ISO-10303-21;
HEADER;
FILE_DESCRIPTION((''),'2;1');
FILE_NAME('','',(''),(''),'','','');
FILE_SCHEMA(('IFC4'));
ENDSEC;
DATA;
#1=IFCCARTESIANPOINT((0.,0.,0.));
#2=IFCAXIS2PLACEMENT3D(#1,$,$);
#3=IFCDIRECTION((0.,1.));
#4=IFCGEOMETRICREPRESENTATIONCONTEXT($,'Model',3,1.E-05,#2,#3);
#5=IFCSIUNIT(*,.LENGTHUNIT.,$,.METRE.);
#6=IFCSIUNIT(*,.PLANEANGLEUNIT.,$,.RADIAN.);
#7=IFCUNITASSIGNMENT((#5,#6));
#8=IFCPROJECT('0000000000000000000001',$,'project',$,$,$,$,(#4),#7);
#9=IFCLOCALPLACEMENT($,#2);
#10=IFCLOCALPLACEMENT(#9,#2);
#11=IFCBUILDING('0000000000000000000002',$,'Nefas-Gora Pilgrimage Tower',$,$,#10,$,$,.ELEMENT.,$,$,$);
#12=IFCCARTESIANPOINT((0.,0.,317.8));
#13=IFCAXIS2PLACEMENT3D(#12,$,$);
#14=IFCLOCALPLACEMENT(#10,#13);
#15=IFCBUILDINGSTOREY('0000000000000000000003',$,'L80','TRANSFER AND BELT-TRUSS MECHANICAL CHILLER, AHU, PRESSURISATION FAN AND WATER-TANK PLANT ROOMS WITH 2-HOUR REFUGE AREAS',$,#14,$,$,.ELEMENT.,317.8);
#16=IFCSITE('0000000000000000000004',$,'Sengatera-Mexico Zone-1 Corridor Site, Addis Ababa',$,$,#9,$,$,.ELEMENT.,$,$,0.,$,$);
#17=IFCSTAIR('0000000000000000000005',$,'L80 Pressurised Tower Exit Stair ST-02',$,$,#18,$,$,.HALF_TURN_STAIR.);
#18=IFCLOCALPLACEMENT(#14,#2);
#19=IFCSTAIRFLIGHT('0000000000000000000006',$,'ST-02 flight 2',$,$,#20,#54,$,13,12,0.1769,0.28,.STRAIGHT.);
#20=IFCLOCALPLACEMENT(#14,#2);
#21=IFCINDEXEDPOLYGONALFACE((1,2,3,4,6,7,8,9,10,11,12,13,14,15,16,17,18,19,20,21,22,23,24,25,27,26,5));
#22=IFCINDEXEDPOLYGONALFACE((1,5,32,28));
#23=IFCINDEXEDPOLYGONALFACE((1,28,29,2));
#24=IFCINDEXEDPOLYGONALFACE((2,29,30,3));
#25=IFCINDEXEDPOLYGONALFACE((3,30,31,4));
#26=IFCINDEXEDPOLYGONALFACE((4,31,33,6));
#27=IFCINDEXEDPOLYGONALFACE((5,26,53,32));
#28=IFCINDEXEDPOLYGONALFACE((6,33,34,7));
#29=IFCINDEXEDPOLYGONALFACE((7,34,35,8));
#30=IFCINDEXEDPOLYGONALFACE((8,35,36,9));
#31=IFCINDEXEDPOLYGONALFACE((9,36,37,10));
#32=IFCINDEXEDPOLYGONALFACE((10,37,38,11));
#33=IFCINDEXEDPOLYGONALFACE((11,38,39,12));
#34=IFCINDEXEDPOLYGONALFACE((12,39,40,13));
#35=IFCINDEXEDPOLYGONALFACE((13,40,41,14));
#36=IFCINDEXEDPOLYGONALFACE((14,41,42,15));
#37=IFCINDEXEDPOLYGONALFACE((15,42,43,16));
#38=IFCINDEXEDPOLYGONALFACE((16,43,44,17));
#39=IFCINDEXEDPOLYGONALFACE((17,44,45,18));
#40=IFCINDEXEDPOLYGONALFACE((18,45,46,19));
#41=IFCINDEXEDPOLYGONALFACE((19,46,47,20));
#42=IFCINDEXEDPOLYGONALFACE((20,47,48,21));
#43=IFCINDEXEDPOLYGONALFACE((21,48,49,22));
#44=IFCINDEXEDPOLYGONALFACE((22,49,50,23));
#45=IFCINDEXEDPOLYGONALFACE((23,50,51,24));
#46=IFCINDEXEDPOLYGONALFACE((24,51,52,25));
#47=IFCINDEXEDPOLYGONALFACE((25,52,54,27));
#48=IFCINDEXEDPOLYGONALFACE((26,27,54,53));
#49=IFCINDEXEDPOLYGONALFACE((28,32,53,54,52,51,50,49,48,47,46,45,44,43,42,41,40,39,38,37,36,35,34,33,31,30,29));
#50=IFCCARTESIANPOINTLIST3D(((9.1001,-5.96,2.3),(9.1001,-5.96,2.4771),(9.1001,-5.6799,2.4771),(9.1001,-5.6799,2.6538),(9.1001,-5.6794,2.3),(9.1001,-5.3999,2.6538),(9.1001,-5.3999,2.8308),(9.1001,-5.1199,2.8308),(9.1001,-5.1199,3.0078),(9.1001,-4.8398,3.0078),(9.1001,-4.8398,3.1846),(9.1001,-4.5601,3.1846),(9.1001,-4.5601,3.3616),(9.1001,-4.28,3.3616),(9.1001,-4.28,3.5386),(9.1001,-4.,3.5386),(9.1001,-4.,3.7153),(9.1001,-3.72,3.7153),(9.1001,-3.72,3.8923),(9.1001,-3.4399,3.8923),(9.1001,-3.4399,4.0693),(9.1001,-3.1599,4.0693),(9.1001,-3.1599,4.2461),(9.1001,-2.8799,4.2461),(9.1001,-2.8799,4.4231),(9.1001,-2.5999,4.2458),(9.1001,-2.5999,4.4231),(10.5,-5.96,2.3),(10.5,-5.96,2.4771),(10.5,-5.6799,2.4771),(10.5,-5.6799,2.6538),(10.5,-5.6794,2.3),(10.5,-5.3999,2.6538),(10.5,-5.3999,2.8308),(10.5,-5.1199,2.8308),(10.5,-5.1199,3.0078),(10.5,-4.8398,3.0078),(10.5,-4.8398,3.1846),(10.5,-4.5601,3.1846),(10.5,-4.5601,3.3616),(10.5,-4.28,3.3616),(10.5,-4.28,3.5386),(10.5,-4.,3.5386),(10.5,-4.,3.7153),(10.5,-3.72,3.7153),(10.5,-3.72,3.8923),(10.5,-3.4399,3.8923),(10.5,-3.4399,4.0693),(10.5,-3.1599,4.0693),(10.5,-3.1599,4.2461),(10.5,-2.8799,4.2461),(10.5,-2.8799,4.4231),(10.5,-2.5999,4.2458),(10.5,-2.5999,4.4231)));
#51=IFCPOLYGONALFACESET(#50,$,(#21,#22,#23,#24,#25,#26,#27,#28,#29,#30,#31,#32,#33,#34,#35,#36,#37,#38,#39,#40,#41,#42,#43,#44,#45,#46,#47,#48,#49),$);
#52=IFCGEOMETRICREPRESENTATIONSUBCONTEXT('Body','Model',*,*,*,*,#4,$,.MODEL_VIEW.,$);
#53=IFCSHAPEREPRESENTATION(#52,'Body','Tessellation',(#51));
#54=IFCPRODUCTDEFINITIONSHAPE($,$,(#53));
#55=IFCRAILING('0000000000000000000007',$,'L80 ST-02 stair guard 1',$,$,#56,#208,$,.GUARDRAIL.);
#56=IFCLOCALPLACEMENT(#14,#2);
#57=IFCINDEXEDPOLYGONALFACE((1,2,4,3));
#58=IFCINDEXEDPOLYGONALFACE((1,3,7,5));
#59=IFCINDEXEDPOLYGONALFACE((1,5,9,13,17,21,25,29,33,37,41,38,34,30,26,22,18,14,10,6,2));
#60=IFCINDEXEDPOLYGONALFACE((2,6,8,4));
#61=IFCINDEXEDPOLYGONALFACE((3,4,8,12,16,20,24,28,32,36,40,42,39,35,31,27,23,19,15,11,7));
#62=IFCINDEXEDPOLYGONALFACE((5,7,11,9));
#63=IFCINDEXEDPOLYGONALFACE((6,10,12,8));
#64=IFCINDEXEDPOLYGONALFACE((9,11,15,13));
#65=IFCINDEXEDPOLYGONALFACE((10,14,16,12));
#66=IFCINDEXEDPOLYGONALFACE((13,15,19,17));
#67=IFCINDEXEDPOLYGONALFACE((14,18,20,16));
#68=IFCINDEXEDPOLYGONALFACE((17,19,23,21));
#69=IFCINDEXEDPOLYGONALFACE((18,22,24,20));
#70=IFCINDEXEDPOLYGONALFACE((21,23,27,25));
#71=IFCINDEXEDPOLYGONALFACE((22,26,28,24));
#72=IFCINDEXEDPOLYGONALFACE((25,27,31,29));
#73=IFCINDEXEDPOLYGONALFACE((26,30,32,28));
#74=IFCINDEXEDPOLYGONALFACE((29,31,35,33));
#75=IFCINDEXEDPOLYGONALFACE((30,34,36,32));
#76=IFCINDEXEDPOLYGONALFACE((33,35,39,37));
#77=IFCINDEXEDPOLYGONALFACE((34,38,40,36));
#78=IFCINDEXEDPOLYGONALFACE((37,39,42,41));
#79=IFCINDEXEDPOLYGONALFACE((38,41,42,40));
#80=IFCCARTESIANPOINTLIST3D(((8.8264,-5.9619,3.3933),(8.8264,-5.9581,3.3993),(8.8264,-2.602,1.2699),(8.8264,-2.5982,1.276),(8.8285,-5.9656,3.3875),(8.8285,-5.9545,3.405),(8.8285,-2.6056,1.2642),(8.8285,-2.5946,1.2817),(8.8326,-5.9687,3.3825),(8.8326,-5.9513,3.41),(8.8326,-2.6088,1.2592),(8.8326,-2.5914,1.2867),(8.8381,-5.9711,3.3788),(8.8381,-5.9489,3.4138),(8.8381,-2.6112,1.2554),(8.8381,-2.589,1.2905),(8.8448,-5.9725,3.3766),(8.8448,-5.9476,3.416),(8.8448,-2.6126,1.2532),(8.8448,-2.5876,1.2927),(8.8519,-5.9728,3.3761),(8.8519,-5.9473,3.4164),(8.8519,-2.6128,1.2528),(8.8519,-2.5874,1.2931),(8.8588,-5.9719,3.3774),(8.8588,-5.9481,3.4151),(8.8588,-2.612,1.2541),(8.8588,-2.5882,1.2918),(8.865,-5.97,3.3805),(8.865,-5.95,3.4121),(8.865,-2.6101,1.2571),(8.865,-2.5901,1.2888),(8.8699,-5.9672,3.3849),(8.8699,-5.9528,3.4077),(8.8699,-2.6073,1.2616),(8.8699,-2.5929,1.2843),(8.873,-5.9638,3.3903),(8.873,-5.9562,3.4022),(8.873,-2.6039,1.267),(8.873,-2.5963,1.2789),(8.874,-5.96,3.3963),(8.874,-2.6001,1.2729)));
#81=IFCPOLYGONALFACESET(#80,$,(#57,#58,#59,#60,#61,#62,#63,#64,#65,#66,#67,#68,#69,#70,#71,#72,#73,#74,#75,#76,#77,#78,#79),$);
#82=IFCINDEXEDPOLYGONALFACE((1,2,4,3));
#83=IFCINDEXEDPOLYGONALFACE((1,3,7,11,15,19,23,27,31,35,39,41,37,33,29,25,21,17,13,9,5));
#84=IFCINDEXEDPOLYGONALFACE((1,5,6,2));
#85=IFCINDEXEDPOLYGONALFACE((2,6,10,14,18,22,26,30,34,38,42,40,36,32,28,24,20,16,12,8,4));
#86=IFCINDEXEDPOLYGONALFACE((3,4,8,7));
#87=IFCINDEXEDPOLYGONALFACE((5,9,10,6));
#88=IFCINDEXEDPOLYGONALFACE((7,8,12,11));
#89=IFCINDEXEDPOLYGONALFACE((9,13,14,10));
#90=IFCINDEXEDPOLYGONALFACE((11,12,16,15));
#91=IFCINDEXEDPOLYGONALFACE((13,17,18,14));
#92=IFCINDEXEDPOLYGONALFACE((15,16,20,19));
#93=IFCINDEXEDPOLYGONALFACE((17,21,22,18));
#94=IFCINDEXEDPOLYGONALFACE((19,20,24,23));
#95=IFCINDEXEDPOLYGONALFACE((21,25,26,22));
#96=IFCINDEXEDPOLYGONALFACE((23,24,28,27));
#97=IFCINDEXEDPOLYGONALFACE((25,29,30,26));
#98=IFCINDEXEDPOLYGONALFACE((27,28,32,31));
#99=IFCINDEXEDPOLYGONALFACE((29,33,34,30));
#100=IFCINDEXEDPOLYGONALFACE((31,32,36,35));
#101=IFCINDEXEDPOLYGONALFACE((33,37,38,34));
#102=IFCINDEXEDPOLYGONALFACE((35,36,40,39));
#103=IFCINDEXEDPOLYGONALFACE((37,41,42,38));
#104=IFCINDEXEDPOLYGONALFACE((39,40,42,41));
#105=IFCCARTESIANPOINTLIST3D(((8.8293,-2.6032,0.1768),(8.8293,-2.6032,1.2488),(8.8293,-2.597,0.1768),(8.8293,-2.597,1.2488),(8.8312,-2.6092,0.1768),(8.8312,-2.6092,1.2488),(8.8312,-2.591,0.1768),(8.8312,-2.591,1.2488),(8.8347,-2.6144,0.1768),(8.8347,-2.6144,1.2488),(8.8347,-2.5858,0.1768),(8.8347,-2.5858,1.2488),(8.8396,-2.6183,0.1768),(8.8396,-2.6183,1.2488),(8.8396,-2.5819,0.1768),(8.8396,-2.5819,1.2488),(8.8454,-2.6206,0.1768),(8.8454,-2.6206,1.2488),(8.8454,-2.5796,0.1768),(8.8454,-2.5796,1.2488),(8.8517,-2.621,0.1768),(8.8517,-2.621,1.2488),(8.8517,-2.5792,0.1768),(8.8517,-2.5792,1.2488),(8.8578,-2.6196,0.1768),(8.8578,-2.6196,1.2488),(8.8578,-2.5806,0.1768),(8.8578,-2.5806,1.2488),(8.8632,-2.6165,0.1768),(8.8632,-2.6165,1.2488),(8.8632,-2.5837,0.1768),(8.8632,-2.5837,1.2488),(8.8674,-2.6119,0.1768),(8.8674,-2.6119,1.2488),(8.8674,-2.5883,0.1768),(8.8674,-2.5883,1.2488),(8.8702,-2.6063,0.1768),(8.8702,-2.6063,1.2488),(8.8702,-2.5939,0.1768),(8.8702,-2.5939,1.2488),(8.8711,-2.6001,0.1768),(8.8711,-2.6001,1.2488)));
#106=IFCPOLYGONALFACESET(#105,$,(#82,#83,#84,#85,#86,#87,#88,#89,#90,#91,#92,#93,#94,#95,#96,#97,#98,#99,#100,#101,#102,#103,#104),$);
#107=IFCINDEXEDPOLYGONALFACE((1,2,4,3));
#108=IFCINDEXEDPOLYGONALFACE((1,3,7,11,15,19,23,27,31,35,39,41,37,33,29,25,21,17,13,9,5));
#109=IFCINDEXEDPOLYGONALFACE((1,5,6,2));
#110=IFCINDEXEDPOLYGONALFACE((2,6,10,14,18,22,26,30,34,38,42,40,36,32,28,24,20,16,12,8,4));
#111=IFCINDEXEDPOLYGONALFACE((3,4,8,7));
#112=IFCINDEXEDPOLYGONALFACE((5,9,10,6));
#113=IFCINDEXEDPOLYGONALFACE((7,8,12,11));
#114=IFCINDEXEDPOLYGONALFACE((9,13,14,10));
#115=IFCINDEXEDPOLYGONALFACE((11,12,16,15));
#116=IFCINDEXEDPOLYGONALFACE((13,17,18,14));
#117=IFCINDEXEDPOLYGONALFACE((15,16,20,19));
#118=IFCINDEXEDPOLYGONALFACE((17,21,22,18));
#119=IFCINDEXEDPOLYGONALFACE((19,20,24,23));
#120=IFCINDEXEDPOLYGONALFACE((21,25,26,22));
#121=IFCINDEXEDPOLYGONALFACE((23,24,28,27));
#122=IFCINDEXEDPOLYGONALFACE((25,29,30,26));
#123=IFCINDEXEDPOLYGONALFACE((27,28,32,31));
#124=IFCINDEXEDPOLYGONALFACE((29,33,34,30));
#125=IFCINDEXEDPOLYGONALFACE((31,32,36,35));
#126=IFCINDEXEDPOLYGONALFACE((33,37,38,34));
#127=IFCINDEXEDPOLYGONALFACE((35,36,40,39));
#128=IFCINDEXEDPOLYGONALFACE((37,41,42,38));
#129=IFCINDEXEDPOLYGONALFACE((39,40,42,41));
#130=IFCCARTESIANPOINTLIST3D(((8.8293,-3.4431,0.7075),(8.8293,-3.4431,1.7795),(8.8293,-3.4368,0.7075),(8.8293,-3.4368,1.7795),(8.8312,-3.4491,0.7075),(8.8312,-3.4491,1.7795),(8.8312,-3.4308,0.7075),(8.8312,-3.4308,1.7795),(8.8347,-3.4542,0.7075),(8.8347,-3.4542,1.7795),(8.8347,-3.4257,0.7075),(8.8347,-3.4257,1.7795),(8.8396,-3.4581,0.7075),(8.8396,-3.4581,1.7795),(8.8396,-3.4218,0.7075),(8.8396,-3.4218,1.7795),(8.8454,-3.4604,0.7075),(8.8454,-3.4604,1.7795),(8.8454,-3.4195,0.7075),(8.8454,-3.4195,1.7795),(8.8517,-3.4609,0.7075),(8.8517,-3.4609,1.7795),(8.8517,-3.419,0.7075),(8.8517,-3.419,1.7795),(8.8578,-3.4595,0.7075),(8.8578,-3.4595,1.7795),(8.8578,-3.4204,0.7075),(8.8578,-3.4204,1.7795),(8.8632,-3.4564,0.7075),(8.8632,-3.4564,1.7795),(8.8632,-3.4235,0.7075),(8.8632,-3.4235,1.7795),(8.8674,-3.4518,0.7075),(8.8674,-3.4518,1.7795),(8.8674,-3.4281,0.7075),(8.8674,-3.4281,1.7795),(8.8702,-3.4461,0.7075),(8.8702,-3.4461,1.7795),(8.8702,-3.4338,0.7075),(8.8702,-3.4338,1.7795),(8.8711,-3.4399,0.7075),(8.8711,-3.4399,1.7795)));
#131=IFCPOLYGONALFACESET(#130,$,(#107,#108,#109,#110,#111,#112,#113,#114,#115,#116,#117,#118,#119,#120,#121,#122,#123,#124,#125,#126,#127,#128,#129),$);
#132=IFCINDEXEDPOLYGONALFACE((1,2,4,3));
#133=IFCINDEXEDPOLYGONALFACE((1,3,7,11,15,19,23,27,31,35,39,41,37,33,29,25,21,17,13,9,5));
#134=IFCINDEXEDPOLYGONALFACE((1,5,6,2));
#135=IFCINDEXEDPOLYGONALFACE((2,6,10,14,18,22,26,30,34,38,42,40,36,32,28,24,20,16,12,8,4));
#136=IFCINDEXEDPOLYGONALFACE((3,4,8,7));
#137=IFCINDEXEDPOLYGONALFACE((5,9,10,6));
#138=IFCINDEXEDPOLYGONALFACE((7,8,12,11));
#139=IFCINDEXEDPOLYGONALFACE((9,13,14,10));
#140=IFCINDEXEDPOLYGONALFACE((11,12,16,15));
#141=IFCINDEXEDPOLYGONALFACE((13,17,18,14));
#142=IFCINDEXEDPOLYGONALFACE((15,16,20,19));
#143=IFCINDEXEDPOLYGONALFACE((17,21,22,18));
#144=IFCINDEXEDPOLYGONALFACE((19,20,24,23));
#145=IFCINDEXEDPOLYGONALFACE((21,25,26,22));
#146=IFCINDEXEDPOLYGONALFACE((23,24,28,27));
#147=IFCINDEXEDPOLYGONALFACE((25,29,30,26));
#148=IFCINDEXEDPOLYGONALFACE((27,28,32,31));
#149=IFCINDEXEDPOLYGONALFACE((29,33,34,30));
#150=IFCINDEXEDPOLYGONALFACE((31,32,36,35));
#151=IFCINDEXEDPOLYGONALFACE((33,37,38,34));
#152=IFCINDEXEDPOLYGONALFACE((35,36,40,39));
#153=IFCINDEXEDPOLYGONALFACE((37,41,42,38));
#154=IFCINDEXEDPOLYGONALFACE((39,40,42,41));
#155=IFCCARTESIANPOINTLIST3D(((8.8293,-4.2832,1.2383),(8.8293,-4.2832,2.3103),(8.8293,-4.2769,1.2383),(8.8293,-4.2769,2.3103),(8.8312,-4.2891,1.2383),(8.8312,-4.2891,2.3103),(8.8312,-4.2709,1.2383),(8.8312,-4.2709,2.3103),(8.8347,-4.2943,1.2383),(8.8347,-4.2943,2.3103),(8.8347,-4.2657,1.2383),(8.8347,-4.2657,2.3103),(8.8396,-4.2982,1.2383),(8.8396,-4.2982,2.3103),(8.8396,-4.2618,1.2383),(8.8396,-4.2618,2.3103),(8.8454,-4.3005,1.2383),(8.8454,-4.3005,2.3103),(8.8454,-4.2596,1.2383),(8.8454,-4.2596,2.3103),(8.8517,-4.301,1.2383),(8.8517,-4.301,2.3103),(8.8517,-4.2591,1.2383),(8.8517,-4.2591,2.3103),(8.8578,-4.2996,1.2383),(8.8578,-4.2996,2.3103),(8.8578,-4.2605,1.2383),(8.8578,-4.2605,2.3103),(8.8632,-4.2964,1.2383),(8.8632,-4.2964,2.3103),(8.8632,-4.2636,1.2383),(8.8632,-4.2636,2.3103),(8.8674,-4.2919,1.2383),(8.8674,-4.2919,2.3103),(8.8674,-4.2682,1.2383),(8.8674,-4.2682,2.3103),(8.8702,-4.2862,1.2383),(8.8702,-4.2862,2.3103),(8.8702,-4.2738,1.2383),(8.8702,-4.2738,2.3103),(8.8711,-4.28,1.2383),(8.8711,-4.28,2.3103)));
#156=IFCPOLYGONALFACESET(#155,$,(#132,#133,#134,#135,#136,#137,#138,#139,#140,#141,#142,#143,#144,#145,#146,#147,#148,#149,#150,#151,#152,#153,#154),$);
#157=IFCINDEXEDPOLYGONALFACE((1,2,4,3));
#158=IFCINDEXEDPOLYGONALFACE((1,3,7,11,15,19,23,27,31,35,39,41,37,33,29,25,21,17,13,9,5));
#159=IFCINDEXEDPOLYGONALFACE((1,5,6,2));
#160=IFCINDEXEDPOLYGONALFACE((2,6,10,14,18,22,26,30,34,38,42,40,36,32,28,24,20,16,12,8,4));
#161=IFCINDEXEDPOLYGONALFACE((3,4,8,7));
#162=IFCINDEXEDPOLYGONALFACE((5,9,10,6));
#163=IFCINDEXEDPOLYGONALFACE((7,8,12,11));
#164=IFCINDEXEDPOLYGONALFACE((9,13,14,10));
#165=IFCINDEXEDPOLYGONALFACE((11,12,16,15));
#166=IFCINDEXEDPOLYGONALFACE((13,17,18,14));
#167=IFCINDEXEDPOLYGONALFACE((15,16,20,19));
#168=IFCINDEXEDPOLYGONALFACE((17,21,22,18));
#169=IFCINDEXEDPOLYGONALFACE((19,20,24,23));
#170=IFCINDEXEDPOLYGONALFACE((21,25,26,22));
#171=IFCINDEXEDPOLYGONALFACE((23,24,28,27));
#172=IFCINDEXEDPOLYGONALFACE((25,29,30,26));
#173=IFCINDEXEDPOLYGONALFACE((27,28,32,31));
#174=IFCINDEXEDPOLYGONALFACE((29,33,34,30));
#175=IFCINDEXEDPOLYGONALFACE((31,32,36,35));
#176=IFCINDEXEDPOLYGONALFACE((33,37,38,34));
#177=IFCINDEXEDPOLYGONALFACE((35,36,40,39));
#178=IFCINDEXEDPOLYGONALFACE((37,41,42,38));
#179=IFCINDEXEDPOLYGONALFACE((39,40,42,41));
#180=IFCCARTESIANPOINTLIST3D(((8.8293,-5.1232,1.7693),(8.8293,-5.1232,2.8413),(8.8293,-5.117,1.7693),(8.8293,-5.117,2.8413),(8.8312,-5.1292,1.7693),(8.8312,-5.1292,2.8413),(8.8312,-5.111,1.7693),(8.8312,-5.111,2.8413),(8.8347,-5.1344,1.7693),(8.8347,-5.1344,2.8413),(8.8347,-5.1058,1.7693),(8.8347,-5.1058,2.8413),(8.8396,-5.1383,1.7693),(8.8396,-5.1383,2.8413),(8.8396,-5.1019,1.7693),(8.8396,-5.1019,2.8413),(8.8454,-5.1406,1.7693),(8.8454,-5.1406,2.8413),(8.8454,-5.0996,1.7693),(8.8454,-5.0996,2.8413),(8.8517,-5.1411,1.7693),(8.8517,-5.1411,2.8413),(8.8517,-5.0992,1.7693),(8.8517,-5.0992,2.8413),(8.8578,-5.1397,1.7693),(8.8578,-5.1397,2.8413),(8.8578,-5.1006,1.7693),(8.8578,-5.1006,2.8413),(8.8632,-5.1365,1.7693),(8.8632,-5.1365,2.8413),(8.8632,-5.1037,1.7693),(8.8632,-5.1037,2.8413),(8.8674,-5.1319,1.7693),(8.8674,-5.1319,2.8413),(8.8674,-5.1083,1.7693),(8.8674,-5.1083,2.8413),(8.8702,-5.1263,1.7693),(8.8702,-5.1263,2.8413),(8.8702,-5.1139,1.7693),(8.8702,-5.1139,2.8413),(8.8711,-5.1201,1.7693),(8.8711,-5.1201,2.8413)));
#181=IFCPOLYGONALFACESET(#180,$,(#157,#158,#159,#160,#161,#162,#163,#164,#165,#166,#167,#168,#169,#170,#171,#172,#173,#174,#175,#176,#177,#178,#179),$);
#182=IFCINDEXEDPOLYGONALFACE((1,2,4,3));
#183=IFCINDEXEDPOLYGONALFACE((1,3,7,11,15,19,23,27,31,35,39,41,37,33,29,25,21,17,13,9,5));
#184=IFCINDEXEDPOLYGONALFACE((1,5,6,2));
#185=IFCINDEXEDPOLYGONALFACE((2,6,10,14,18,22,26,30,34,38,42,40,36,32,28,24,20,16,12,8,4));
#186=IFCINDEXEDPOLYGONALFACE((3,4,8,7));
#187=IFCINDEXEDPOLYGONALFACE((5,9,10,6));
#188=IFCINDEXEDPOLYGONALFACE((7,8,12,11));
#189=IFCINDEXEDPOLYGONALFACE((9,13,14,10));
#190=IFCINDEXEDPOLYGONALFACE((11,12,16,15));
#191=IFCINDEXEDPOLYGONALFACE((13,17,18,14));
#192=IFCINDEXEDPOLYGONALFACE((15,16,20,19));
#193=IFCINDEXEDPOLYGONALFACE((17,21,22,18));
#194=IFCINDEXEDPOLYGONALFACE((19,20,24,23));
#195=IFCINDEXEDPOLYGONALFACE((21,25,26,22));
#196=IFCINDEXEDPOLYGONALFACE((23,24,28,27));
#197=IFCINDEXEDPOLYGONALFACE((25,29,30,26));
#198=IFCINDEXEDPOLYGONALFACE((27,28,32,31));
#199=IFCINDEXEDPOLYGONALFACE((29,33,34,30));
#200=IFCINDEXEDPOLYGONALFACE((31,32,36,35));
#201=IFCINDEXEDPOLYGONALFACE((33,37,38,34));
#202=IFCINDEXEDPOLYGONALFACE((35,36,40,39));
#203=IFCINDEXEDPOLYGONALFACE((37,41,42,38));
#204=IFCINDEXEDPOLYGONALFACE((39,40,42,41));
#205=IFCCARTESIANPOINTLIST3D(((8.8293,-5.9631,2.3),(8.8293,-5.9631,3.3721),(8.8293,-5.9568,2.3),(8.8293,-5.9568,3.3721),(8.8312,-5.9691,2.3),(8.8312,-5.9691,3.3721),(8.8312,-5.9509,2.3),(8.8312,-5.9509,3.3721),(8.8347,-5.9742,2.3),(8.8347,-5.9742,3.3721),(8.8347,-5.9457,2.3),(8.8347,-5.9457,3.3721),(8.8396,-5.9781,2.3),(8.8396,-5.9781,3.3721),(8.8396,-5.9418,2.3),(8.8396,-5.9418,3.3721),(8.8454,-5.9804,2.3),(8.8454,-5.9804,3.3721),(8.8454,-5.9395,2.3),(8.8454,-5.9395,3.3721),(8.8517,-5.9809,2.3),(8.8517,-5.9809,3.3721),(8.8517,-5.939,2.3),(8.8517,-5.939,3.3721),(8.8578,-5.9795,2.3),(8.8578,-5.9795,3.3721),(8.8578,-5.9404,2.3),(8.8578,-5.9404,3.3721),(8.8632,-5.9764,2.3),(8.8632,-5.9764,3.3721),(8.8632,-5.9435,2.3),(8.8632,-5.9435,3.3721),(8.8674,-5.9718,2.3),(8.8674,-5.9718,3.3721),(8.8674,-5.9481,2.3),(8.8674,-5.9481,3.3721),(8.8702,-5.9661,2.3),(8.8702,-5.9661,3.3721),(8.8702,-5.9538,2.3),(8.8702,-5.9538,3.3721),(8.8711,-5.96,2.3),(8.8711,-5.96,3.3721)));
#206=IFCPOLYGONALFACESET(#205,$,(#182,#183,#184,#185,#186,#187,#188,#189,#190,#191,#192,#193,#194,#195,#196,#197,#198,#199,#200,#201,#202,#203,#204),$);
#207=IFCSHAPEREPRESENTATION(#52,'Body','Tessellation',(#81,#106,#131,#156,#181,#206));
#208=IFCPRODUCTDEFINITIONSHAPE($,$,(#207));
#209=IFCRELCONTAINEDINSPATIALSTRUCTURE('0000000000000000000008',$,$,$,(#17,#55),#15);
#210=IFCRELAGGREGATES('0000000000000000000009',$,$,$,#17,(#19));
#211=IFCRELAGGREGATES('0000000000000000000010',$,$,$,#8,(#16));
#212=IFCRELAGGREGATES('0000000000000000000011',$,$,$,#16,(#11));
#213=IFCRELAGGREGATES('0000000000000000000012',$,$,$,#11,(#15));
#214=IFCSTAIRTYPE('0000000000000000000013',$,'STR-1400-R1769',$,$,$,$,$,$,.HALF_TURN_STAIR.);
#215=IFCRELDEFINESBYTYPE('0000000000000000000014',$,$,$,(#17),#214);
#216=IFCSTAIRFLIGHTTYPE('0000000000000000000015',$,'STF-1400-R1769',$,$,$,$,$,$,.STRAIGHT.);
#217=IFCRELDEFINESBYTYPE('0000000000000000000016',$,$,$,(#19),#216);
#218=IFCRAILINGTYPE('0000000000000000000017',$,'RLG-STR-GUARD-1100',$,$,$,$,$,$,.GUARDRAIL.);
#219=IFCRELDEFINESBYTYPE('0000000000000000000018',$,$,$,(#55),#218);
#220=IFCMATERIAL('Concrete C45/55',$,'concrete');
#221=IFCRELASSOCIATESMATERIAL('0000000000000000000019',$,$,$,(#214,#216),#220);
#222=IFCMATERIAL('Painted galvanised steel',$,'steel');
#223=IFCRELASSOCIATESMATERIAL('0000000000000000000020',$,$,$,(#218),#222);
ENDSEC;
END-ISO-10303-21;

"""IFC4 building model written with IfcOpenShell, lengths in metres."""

from ifc_helpers import new_model, si_unit, direction, frame, origin, origin_2d, place, context, subcontext, project, spatial, polyline, circle, outline, extrude, source, transform, mapped, material, type_object, element, aggregate, save


model = new_model("IFC4")

# Units and contexts
model_context = context("Model", 3, precision=1e-05, world=origin(), true_north=direction((0.0, 1.0)))
body_context = subcontext(model_context, "Body", "Model", "MODEL_VIEW")
ifc_project = project(units=[si_unit("LENGTHUNIT", "METRE"), si_unit("PLANEANGLEUNIT", "RADIAN")], contexts=[model_context])

# Site, building, storey
site_placement = place(None, origin())
site = spatial("IfcSite", under=ifc_project, at=site_placement, Name="Sengatera-Mexico Zone-1 Corridor Site, Addis Ababa", CompositionType="ELEMENT", RefElevation=0.0)
building_placement = place(site_placement, origin())
building = spatial("IfcBuilding", under=site, at=building_placement, Name="Nefas-Gora Pilgrimage Tower", CompositionType="ELEMENT")
storey_placement = place(building_placement, frame((0.0, 0.0, 317.8)))
storey = spatial("IfcBuildingStorey", under=building, at=storey_placement, Name="L80", Description="TRANSFER AND BELT-TRUSS MECHANICAL CHILLER, AHU, PRESSURISATION FAN AND WATER-TANK PLANT ROOMS WITH 2-HOUR REFUGE AREAS", CompositionType="ELEMENT", Elevation=317.8)

# Shared definitions
ifc_material_1 = material(Name="Concrete C45/55", Category="concrete")

# Shared definitions
stair_type = type_object("IfcStairType", Name="STR-1400-R1769", PredefinedType="HALF_TURN_STAIR", material=ifc_material_1)

# Stair, stair flight
stair_1_placement = place(storey_placement, origin())
stair_1 = element("IfcStair", 1, at=stair_1_placement, inside=storey, type_object=stair_type, Name="L80 Pressurised Tower Exit Stair ST-02", PredefinedType="HALF_TURN_STAIR")
stair_flight_type = type_object("IfcStairFlightType", Name="STF-1400-R1769", PredefinedType="STRAIGHT", material=ifc_material_1)
shared_shape_1 = source(origin(), body_context, "Body", "SweptSolid", [
    extrude(outline(polyline([(0.0, 0.0), (0.0, 0.177), (0.28, 0.177), (0.28, 0.3538), (0.5601, 0.3538), (0.5601, 0.5308), (0.8401, 0.5308), (0.8401, 0.7078), (1.1201, 0.7078), (1.1201, 0.8845), (1.3999, 0.8845), (1.3999, 1.0615), (1.6799, 1.0615), (1.6799, 1.2385), (1.96, 1.2385), (1.96, 1.4153), (2.24, 1.4153), (2.24, 1.5923), (2.52, 1.5923), (2.52, 1.7693), (2.8, 1.7693), (2.8, 1.946), (3.0801, 1.946), (3.0801, 2.123), (3.3601, 2.123), (3.3601, 2.3), (3.3601, 1.9458), (0.2805, 0.0), (0.0, 0.0)])), frame((0.0, 0.7, 0.0), z_axis=(0.0, -1.0, 0.0), x_axis=(1.0, 0.0, 0.0)), (0.0, 0.0, 1.0), 1.3999),
])
stair_flight_1_placement = place(storey_placement, frame((9.8, -5.96, 2.3), z_axis=(0.0, 0.0, 1.0), x_axis=(0.0, 1.0, 0.0)))
stair_flight_1 = element("IfcStairFlight", 2, at=stair_flight_1_placement, type_object=stair_flight_type, Name="ST-02 flight 2", NumberOfRisers=13, NumberOfTreads=12, PredefinedType="STRAIGHT", RiserHeight=0.1769, TreadLength=0.28, context=body_context, shape_type="MappedRepresentation", body=[
    mapped(shared_shape_1, transform((0.0, 0.0, 0.0), x_axis=(1.0, 0.0, 0.0), y_axis=(0.0, 1.0, 0.0), z_axis=(0.0, 0.0, 1.0), scale=1.0)),
])
aggregate(stair_1, [stair_flight_1])

# Railing
ifc_material_2 = material(Name="Painted galvanised steel", Category="steel")
railing_type_1 = type_object("IfcRailingType", Name="RLG-STR-GUARD-1100", PredefinedType="GUARDRAIL", material=ifc_material_2)
railing_1_placement = place(storey_placement, frame((8.8501, -2.6001, 0.1768)))
element("IfcRailing", 3, at=railing_1_placement, inside=storey, type_object=railing_type_1, Name="L80 ST-02 stair guard 1", PredefinedType="GUARDRAIL", context=body_context, shape_type="SweptSolid", body=[
    extrude(circle(Radius=0.0239, at=origin_2d()), frame((0.0, 0.0, 1.0962), z_axis=(0.0, -0.845344, 0.534222), x_axis=(1.0, 0.0, 0.0)), (0.0, 0.0, 1.0), 3.9746),
    extrude(circle(Radius=0.021, at=origin_2d()), origin(), (0.0, 0.0, 1.0), 1.072),
    extrude(circle(Radius=0.021, at=origin_2d()), frame((0.0, -0.8398, 0.5308)), (0.0, 0.0, 1.0), 1.072),
    extrude(circle(Radius=0.021, at=origin_2d()), frame((0.0, -1.6799, 1.0615)), (0.0, 0.0, 1.0), 1.072),
    extrude(circle(Radius=0.021, at=origin_2d()), frame((0.0, -2.52, 1.5925)), (0.0, 0.0, 1.0), 1.072),
    extrude(circle(Radius=0.021, at=origin_2d()), frame((0.0, -3.3599, 2.1233)), (0.0, 0.0, 1.0), 1.072),
])

save(model, "model.ifc")
